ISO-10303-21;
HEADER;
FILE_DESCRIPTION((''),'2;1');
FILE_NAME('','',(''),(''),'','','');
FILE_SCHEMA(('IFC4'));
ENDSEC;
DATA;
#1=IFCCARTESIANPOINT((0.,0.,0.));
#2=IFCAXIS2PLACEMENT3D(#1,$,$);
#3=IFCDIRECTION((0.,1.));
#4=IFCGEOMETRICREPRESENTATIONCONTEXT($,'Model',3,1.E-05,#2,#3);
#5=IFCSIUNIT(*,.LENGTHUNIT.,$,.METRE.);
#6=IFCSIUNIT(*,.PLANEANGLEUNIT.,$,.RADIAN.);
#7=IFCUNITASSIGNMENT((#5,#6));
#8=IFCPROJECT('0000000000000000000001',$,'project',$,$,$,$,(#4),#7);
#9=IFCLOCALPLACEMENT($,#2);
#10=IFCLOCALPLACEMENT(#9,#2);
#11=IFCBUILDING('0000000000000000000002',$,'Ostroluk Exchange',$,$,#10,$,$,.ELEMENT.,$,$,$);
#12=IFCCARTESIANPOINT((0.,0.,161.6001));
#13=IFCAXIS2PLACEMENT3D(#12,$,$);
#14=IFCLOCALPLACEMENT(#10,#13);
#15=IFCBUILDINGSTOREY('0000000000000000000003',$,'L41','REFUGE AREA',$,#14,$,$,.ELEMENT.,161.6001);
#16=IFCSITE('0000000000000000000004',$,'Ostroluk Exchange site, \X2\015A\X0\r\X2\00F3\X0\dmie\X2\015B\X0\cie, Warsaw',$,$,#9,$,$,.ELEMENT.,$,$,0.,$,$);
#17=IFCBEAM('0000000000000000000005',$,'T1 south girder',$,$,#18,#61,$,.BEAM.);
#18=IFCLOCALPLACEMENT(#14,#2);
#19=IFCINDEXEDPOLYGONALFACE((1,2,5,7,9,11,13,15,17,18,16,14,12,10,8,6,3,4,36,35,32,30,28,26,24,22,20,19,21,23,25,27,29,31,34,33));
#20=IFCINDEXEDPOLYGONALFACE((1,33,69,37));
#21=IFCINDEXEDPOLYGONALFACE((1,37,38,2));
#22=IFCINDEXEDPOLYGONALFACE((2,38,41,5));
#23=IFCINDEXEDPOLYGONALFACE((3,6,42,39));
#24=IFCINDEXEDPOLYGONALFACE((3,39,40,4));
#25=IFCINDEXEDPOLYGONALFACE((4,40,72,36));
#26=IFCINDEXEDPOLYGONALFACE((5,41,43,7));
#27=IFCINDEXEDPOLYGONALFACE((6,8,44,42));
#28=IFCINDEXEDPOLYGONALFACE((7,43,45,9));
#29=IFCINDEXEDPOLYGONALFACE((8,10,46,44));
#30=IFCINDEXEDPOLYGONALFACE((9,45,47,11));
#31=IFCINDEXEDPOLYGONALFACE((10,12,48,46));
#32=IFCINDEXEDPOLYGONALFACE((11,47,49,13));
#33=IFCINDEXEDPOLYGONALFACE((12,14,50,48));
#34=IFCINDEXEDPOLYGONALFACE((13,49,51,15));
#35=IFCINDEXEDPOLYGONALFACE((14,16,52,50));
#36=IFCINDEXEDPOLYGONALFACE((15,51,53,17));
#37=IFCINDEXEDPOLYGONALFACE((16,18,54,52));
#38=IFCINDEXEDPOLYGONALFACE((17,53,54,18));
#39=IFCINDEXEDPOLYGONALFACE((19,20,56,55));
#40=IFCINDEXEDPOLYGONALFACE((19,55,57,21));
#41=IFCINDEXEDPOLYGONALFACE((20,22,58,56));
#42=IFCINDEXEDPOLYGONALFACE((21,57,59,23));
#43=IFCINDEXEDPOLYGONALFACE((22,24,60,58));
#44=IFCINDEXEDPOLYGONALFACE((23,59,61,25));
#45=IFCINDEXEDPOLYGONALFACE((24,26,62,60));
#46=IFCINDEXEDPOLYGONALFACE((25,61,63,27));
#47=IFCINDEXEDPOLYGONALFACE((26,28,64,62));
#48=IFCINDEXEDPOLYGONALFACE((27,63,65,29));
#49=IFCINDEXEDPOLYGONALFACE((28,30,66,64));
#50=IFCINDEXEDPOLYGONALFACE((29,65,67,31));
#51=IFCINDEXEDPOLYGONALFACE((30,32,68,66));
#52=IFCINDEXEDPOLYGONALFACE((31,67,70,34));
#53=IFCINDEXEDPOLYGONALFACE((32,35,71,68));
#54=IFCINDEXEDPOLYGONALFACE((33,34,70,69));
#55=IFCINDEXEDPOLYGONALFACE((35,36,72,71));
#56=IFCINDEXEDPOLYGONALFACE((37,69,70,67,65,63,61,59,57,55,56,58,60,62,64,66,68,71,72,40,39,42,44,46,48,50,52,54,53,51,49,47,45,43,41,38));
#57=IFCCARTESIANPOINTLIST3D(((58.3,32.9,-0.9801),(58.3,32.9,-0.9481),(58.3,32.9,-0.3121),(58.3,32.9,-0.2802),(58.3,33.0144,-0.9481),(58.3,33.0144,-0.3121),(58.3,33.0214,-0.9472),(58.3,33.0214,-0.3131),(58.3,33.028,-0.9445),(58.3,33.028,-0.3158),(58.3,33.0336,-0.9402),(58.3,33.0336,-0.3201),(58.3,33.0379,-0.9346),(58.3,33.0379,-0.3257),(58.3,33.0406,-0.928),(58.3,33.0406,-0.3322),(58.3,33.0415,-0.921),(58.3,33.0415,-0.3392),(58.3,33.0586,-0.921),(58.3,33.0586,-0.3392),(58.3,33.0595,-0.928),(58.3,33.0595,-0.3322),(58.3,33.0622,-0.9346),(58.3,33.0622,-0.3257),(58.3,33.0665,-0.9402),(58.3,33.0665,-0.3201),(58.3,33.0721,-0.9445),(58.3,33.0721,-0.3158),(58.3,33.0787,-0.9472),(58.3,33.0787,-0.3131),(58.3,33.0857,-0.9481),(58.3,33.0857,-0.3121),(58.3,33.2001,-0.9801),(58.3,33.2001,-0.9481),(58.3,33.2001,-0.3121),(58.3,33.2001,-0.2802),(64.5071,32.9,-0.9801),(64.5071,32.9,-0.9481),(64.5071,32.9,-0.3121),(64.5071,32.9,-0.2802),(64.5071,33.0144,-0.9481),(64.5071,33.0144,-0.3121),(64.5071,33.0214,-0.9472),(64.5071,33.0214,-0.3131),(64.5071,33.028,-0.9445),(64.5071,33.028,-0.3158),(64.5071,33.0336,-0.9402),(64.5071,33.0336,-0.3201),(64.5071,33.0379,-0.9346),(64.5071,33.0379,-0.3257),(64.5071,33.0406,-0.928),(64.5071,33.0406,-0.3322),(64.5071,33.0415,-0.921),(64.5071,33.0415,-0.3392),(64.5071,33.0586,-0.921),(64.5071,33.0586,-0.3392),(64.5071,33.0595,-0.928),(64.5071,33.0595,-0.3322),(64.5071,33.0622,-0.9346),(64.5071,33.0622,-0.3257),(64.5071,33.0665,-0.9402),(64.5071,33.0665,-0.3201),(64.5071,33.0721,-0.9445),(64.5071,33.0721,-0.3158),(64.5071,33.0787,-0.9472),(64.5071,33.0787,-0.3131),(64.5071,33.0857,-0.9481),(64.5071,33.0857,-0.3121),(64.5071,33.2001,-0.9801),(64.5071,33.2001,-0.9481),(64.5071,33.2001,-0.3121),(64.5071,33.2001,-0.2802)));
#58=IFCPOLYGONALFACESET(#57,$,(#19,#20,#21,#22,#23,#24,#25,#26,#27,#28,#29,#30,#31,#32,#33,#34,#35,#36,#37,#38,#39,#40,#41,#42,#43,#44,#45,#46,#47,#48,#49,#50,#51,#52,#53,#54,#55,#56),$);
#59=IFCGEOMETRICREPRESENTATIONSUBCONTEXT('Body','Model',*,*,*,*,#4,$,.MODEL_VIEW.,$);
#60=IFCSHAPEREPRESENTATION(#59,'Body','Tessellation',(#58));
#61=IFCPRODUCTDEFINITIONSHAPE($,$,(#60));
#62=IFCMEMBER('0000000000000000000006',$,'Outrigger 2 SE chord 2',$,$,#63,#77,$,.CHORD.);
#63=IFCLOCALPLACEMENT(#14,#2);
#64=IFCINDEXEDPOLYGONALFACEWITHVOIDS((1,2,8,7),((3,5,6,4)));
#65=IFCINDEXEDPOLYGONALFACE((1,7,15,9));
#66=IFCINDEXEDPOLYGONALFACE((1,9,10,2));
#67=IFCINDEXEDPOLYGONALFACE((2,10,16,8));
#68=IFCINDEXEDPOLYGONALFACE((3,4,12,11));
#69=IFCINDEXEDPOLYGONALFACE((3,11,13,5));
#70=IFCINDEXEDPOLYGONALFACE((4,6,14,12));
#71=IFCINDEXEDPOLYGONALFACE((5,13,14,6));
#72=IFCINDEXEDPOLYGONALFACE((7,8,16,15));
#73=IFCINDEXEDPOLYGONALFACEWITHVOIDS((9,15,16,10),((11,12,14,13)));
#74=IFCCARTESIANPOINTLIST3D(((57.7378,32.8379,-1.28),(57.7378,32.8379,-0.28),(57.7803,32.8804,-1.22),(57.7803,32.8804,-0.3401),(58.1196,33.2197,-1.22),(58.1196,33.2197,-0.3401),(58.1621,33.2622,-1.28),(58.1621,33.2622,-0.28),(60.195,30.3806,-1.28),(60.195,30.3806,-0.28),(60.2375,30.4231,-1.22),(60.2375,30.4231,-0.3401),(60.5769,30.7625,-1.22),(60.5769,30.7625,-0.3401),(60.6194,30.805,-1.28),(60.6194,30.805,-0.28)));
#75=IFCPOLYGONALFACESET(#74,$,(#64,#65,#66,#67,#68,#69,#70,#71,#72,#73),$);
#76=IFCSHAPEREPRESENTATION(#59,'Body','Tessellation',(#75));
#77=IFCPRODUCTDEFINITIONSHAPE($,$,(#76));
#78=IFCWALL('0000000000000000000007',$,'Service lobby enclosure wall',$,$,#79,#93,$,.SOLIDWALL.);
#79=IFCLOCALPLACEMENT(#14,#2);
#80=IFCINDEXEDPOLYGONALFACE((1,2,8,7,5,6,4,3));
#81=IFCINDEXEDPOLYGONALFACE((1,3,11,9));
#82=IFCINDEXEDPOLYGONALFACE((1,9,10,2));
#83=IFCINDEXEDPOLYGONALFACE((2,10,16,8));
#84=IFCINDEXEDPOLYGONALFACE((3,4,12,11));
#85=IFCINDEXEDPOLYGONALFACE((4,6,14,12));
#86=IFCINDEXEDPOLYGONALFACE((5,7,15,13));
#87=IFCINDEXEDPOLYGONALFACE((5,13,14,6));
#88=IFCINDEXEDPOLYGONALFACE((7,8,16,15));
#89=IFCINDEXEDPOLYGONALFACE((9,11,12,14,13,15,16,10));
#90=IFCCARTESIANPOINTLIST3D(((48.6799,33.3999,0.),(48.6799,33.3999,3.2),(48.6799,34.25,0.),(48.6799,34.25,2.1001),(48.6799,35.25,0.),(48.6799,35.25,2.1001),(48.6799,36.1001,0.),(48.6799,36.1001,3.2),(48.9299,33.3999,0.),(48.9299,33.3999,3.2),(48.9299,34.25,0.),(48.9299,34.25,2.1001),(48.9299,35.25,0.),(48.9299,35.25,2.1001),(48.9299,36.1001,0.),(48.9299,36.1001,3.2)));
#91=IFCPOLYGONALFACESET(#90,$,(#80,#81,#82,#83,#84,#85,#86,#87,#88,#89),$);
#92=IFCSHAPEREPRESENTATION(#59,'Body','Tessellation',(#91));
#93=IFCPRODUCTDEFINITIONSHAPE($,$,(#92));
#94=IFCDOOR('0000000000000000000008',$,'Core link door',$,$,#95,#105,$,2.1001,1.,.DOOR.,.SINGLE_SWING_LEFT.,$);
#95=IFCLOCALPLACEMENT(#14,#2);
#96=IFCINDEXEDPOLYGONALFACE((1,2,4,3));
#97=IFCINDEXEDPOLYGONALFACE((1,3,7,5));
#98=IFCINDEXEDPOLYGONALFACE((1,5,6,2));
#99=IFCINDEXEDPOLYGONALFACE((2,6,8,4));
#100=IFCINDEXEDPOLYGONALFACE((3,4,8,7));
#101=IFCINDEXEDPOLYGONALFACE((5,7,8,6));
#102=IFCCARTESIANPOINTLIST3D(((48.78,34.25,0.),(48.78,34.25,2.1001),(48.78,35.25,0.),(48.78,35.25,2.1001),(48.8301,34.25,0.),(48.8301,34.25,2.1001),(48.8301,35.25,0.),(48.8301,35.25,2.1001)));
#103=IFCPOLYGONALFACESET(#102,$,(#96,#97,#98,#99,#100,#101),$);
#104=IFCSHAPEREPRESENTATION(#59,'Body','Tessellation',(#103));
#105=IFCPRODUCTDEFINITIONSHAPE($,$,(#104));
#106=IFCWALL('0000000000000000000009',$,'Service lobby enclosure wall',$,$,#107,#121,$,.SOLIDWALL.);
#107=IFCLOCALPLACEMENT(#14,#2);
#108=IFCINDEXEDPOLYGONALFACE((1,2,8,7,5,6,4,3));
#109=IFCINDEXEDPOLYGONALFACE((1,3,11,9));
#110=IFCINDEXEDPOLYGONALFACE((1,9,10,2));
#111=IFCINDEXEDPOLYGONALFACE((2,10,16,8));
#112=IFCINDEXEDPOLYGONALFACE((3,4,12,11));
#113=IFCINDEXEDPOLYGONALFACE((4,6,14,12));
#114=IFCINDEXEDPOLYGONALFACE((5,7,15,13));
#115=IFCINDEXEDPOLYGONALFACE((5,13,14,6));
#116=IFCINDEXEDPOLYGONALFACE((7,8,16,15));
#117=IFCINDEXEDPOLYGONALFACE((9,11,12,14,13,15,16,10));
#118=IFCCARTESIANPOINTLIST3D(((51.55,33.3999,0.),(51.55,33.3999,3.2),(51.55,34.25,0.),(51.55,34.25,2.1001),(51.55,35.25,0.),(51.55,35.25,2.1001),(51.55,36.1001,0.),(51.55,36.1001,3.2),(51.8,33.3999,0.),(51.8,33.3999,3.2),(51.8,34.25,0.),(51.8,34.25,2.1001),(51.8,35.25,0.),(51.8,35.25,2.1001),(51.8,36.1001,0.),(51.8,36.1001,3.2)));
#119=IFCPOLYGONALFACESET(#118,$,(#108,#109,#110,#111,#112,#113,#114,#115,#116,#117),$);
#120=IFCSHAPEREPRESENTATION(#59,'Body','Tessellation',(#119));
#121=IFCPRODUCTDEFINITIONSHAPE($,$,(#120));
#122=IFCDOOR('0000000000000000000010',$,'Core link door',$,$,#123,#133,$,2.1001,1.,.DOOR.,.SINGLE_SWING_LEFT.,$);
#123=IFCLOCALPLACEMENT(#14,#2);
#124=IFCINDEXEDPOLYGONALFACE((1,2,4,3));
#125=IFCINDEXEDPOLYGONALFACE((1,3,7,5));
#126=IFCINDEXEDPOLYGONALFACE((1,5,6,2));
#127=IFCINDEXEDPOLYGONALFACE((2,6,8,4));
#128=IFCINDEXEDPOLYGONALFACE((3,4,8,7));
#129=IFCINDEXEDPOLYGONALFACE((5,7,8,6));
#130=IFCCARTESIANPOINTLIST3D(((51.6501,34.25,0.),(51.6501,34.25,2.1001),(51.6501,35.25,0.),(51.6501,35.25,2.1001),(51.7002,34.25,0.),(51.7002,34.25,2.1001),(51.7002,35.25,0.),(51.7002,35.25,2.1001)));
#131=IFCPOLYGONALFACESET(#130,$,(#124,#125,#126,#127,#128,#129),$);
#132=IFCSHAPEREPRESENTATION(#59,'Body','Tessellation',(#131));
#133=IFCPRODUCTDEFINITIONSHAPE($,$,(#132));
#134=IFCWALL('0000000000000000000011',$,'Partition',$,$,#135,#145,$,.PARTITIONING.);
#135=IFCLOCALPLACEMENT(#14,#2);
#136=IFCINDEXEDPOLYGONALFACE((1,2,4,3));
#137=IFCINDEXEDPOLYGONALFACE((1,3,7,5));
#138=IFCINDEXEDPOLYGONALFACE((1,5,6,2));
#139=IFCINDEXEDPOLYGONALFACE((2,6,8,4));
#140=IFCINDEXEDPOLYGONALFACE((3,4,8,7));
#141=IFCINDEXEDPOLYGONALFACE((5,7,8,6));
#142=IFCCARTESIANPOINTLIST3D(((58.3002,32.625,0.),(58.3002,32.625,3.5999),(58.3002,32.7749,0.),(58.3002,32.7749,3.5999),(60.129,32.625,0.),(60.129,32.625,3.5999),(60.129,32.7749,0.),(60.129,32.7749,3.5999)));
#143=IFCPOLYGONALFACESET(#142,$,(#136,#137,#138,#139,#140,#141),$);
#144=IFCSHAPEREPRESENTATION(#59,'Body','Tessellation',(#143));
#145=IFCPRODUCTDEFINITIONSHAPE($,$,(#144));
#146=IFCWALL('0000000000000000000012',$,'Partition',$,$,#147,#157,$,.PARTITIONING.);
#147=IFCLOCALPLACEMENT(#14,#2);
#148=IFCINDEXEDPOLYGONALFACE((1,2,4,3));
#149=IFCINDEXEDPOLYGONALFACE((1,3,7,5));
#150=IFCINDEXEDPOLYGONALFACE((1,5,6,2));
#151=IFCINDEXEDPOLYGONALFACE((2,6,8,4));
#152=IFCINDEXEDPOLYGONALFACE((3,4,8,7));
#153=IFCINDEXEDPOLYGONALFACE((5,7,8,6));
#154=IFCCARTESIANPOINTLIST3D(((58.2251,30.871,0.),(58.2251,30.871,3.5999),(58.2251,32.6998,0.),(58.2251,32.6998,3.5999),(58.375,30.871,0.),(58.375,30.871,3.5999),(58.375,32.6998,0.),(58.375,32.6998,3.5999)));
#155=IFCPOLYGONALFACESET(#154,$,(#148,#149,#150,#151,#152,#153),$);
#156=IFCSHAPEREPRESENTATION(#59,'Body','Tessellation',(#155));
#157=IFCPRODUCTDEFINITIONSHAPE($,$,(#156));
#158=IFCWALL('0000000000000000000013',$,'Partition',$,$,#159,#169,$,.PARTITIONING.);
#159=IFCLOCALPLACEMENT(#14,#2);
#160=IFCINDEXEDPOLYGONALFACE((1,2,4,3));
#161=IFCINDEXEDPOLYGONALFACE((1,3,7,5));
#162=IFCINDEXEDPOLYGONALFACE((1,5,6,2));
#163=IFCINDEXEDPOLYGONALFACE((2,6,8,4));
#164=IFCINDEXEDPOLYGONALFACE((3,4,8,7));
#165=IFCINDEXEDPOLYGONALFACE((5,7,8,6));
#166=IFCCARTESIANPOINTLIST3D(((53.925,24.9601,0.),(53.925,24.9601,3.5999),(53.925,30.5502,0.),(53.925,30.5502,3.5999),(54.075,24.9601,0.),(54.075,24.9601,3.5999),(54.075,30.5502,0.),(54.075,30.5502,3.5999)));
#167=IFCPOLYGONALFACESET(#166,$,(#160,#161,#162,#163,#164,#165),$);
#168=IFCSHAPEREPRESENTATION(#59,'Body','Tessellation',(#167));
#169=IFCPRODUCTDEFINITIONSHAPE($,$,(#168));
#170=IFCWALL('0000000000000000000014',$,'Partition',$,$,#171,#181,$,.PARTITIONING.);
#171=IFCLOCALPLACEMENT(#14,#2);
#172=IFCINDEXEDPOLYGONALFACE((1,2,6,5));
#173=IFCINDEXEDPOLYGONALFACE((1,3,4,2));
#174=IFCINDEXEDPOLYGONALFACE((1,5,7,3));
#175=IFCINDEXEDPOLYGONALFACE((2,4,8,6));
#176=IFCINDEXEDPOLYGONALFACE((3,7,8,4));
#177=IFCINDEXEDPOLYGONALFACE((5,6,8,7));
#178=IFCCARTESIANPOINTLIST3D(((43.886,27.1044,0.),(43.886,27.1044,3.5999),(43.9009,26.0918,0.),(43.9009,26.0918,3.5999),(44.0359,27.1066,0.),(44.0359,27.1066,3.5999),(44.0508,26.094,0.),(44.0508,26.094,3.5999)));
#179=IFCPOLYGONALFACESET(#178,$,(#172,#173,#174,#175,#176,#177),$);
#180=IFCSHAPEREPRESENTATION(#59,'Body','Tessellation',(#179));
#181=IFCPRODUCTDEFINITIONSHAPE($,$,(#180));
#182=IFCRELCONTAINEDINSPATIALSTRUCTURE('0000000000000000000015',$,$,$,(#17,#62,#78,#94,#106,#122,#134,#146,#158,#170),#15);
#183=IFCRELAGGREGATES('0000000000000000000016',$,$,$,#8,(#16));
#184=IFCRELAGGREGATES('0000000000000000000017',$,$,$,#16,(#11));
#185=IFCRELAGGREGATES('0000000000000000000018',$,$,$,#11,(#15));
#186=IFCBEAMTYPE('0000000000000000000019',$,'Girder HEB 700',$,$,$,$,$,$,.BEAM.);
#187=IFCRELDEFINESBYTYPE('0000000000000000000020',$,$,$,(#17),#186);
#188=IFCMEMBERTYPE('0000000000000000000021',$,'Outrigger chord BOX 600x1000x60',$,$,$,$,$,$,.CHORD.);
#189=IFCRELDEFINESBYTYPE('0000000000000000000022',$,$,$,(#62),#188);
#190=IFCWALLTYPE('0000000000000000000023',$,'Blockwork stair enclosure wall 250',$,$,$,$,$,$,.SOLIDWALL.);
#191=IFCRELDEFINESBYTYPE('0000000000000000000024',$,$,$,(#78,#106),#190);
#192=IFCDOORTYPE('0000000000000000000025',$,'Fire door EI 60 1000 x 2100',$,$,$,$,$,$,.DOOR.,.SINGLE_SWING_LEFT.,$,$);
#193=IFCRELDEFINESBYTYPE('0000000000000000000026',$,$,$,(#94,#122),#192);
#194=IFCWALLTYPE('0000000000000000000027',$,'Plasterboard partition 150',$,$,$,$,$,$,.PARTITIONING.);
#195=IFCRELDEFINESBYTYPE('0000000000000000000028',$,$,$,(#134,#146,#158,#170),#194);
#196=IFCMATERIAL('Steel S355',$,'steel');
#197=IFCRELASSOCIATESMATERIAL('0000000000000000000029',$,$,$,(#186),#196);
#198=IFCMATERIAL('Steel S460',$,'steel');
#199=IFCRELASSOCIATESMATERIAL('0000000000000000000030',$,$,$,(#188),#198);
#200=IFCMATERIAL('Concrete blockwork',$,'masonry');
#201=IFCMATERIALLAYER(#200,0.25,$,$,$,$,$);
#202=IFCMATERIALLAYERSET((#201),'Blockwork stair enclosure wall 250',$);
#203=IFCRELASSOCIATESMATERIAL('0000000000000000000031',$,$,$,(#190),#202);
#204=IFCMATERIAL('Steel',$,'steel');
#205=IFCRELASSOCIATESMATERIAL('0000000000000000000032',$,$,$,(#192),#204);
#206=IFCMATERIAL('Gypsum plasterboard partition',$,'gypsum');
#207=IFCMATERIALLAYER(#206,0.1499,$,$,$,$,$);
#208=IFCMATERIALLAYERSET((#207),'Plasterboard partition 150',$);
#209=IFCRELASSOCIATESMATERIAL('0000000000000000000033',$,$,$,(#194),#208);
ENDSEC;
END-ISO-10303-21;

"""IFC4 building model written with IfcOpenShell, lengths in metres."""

from ifc_helpers import new_model, si_unit, direction, frame, frame_2d, origin, origin_2d, place, context, subcontext, project, spatial, rectangle, hollow_rectangle, i_section, extrude, material, layer, layer_set, material_profile, profile_set, type_object, element, fill, save


model = new_model("IFC4")

# Units and contexts
model_context = context("Model", 3, precision=1e-05, world=origin(), true_north=direction((0.0, 1.0)))
body_context = subcontext(model_context, "Body", "Model", "MODEL_VIEW")
ifc_project = project(units=[si_unit("LENGTHUNIT", "METRE"), si_unit("PLANEANGLEUNIT", "RADIAN")], contexts=[model_context])

# Site, building, storey
site_placement = place(None, origin())
site = spatial("IfcSite", under=ifc_project, at=site_placement, Name="Ostroluk Exchange site, Śródmieście, Warsaw", CompositionType="ELEMENT", RefElevation=0.0)
building_placement = place(site_placement, origin())
building = spatial("IfcBuilding", under=site, at=building_placement, Name="Ostroluk Exchange", CompositionType="ELEMENT")
storey_placement = place(building_placement, frame((0.0, 0.0, 161.6001)))
storey = spatial("IfcBuildingStorey", under=building, at=storey_placement, Name="L41", Description="REFUGE AREA", CompositionType="ELEMENT", Elevation=161.6001)

# Beam
ifc_material_1 = material(Name="Steel S355", Category="steel")
ifc_material_profile_1 = material_profile(ifc_material_1, i_section(OverallWidth=0.3, OverallDepth=0.7, WebThickness=0.0171, FlangeThickness=0.032, FilletRadius=0.0271, at=origin_2d()), Name="HEB 700")
ifc_profile_set_1 = profile_set([ifc_material_profile_1], Name="Steel S355")
beam_type_1 = type_object("IfcBeamType", Name="Girder HEB 700", PredefinedType="BEAM", material=ifc_profile_set_1)
beam_placement = place(storey_placement, frame((58.3, 33.05, -0.6301), z_axis=(1.0, 0.0, 0.0), x_axis=(0.0, 1.0, 0.0)))
element("IfcBeam", 1, at=beam_placement, inside=storey, type_object=beam_type_1, Name="T1 south girder", PredefinedType="BEAM", context=body_context, shape_type="SweptSolid", body=[
    extrude(i_section(OverallWidth=0.3, OverallDepth=0.7, WebThickness=0.0171, FlangeThickness=0.032, FilletRadius=0.0271, at=origin_2d()), origin(), (0.0, 0.0, 1.0), 6.207),
])

# Member
ifc_material_2 = material(Name="Steel S460", Category="steel")
ifc_material_profile_2 = material_profile(ifc_material_2, hollow_rectangle(XDim=0.6001, YDim=1.0, WallThickness=0.0601, at=origin_2d()), Name="BOX 600x1000x60")
ifc_profile_set_2 = profile_set([ifc_material_profile_2], Name="Steel S460")
member_type = type_object("IfcMemberType", Name="Outrigger chord BOX 600x1000x60", PredefinedType="CHORD", material=ifc_profile_set_2)
member_placement = place(storey_placement, frame((57.95, 33.05, -0.78), z_axis=(0.707107, -0.707107, 0.0), x_axis=(0.707107, 0.707107, 0.0)))
element("IfcMember", 2, at=member_placement, inside=storey, type_object=member_type, Name="Outrigger 2 SE chord 2", PredefinedType="CHORD", context=body_context, shape_type="SweptSolid", body=[
    extrude(hollow_rectangle(XDim=0.6001, YDim=1.0, WallThickness=0.0601, at=origin_2d()), origin(), (0.0, 0.0, 1.0), 3.4751),
])

# Walls, openings, doors
ifc_material_3 = material(Name="Concrete blockwork", Category="masonry")
ifc_layer_1 = layer(ifc_material_3, 0.25)
ifc_layer_set_1 = layer_set([ifc_layer_1], Name="Blockwork stair enclosure wall 250")
wall_type_1 = type_object("IfcWallType", Name="Blockwork stair enclosure wall 250", PredefinedType="SOLIDWALL", material=ifc_layer_set_1)
wall_1_placement = place(storey_placement, frame((48.8049, 33.3999, 0.0), z_axis=(0.0, 0.0, 1.0), x_axis=(0.0, 1.0, 0.0)))
wall_1 = element("IfcWall", 3, at=wall_1_placement, inside=storey, type_object=wall_type_1, Name="Service lobby enclosure wall", PredefinedType="SOLIDWALL", context=body_context, shape_type="SweptSolid", body=[
    extrude(rectangle(XDim=2.7002, YDim=0.25, at=frame_2d((1.3501, 0.0))), origin(), (0.0, 0.0, 1.0), 3.2),
])
opening_1_placement = place(wall_1_placement, frame((0.8501, 0.0, 0.0)))
opening_1 = element("IfcOpeningElement", 4, at=opening_1_placement, cuts=wall_1, PredefinedType="OPENING", context=body_context, shape_type="SweptSolid", body=[
    extrude(rectangle(XDim=1.0, YDim=2.1001, at=frame_2d((0.5, 1.05))), frame((0.0, 0.135, 0.0), z_axis=(0.0, -1.0, 0.0), x_axis=(1.0, 0.0, 0.0)), (0.0, 0.0, 1.0), 0.27),
])
ifc_material_4 = material(Name="Steel", Category="steel")
door_type = type_object("IfcDoorType", Name="Fire door EI 60 1000 x 2100", OperationType="SINGLE_SWING_LEFT", PredefinedType="DOOR", material=ifc_material_4)
door_1_placement = place(opening_1_placement, origin())
door_1 = element("IfcDoor", 5, at=door_1_placement, inside=storey, type_object=door_type, Name="Core link door", OperationType="SINGLE_SWING_LEFT", OverallHeight=2.1001, OverallWidth=1.0, PredefinedType="DOOR", context=body_context, shape_type="SweptSolid", body=[
    extrude(rectangle(XDim=1.0, YDim=2.1001, at=frame_2d((0.5, 1.05))), frame((0.0, 0.0249, 0.0), z_axis=(0.0, -1.0, 0.0), x_axis=(1.0, 0.0, 0.0)), (0.0, 0.0, 1.0), 0.05),
])
fill(opening_1, door_1)
wall_2_placement = place(storey_placement, frame((51.675, 33.3999, 0.0), z_axis=(0.0, 0.0, 1.0), x_axis=(0.0, 1.0, 0.0)))
wall_2 = element("IfcWall", 6, at=wall_2_placement, inside=storey, type_object=wall_type_1, Name="Service lobby enclosure wall", PredefinedType="SOLIDWALL", context=body_context, shape_type="SweptSolid", body=[
    extrude(rectangle(XDim=2.7002, YDim=0.25, at=frame_2d((1.3501, 0.0))), origin(), (0.0, 0.0, 1.0), 3.2),
])
opening_2_placement = place(wall_2_placement, frame((0.8501, 0.0, 0.0)))
opening_2 = element("IfcOpeningElement", 7, at=opening_2_placement, cuts=wall_2, PredefinedType="OPENING", context=body_context, shape_type="SweptSolid", body=[
    extrude(rectangle(XDim=1.0, YDim=2.1001, at=frame_2d((0.5, 1.05))), frame((0.0, 0.135, 0.0), z_axis=(0.0, -1.0, 0.0), x_axis=(1.0, 0.0, 0.0)), (0.0, 0.0, 1.0), 0.27),
])
door_2_placement = place(opening_2_placement, origin())
door_2 = element("IfcDoor", 8, at=door_2_placement, inside=storey, type_object=door_type, Name="Core link door", OperationType="SINGLE_SWING_LEFT", OverallHeight=2.1001, OverallWidth=1.0, PredefinedType="DOOR", context=body_context, shape_type="SweptSolid", body=[
    extrude(rectangle(XDim=1.0, YDim=2.1001, at=frame_2d((0.5, 1.05))), frame((0.0, 0.0249, 0.0), z_axis=(0.0, -1.0, 0.0), x_axis=(1.0, 0.0, 0.0)), (0.0, 0.0, 1.0), 0.05),
])
fill(opening_2, door_2)

# Walls
ifc_material_5 = material(Name="Gypsum plasterboard partition", Category="gypsum")
ifc_layer_2 = layer(ifc_material_5, 0.1499)
ifc_layer_set_2 = layer_set([ifc_layer_2], Name="Plasterboard partition 150")
wall_type_2 = type_object("IfcWallType", Name="Plasterboard partition 150", PredefinedType="PARTITIONING", material=ifc_layer_set_2)
for number, where, z_axis, x_axis, name in (
    (9, (58.3, 32.7, 0.0), (0.0, 0.0, 1.0), (1.0, 0.0, 0.0), "Partition"),
    (10, (58.3, 32.7, 0.0), (0.0, 0.0, 1.0), (0.0, -1.0, 0.0), "Partition"),
):
    element("IfcWall", number, at=place(storey_placement, frame(where, z_axis=z_axis, x_axis=x_axis)), inside=storey, type_object=wall_type_2, Name=name, PredefinedType="PARTITIONING", context=body_context, shape_type="SweptSolid", body=[
        extrude(rectangle(XDim=1.8289, YDim=0.1499, at=frame_2d((0.9146, 0.0))), origin(), (0.0, 0.0, 1.0), 3.5999),
    ])
wall_3_placement = place(storey_placement, frame((54.0, 30.55, 0.0), z_axis=(0.0, 0.0, 1.0), x_axis=(0.0, -1.0, 0.0)))
element("IfcWall", 11, at=wall_3_placement, inside=storey, type_object=wall_type_2, Name="Partition", PredefinedType="PARTITIONING", context=body_context, shape_type="SweptSolid", body=[
    extrude(rectangle(XDim=5.5901, YDim=0.1499, at=frame_2d((2.7949, 0.0))), origin(), (0.0, 0.0, 1.0), 3.5999),
])
wall_4_placement = place(storey_placement, frame((43.9609, 27.1055, 0.0), z_axis=(0.0, 0.0, 1.0), x_axis=(0.014704, -0.999892, 0.0)))
element("IfcWall", 12, at=wall_4_placement, inside=storey, type_object=wall_type_2, Name="Partition", PredefinedType="PARTITIONING", context=body_context, shape_type="SweptSolid", body=[
    extrude(rectangle(XDim=1.0127, YDim=0.1499, at=frame_2d((0.5063, 0.0))), origin(), (0.0, 0.0, 1.0), 3.5999),
])

save(model, "model.ifc")
